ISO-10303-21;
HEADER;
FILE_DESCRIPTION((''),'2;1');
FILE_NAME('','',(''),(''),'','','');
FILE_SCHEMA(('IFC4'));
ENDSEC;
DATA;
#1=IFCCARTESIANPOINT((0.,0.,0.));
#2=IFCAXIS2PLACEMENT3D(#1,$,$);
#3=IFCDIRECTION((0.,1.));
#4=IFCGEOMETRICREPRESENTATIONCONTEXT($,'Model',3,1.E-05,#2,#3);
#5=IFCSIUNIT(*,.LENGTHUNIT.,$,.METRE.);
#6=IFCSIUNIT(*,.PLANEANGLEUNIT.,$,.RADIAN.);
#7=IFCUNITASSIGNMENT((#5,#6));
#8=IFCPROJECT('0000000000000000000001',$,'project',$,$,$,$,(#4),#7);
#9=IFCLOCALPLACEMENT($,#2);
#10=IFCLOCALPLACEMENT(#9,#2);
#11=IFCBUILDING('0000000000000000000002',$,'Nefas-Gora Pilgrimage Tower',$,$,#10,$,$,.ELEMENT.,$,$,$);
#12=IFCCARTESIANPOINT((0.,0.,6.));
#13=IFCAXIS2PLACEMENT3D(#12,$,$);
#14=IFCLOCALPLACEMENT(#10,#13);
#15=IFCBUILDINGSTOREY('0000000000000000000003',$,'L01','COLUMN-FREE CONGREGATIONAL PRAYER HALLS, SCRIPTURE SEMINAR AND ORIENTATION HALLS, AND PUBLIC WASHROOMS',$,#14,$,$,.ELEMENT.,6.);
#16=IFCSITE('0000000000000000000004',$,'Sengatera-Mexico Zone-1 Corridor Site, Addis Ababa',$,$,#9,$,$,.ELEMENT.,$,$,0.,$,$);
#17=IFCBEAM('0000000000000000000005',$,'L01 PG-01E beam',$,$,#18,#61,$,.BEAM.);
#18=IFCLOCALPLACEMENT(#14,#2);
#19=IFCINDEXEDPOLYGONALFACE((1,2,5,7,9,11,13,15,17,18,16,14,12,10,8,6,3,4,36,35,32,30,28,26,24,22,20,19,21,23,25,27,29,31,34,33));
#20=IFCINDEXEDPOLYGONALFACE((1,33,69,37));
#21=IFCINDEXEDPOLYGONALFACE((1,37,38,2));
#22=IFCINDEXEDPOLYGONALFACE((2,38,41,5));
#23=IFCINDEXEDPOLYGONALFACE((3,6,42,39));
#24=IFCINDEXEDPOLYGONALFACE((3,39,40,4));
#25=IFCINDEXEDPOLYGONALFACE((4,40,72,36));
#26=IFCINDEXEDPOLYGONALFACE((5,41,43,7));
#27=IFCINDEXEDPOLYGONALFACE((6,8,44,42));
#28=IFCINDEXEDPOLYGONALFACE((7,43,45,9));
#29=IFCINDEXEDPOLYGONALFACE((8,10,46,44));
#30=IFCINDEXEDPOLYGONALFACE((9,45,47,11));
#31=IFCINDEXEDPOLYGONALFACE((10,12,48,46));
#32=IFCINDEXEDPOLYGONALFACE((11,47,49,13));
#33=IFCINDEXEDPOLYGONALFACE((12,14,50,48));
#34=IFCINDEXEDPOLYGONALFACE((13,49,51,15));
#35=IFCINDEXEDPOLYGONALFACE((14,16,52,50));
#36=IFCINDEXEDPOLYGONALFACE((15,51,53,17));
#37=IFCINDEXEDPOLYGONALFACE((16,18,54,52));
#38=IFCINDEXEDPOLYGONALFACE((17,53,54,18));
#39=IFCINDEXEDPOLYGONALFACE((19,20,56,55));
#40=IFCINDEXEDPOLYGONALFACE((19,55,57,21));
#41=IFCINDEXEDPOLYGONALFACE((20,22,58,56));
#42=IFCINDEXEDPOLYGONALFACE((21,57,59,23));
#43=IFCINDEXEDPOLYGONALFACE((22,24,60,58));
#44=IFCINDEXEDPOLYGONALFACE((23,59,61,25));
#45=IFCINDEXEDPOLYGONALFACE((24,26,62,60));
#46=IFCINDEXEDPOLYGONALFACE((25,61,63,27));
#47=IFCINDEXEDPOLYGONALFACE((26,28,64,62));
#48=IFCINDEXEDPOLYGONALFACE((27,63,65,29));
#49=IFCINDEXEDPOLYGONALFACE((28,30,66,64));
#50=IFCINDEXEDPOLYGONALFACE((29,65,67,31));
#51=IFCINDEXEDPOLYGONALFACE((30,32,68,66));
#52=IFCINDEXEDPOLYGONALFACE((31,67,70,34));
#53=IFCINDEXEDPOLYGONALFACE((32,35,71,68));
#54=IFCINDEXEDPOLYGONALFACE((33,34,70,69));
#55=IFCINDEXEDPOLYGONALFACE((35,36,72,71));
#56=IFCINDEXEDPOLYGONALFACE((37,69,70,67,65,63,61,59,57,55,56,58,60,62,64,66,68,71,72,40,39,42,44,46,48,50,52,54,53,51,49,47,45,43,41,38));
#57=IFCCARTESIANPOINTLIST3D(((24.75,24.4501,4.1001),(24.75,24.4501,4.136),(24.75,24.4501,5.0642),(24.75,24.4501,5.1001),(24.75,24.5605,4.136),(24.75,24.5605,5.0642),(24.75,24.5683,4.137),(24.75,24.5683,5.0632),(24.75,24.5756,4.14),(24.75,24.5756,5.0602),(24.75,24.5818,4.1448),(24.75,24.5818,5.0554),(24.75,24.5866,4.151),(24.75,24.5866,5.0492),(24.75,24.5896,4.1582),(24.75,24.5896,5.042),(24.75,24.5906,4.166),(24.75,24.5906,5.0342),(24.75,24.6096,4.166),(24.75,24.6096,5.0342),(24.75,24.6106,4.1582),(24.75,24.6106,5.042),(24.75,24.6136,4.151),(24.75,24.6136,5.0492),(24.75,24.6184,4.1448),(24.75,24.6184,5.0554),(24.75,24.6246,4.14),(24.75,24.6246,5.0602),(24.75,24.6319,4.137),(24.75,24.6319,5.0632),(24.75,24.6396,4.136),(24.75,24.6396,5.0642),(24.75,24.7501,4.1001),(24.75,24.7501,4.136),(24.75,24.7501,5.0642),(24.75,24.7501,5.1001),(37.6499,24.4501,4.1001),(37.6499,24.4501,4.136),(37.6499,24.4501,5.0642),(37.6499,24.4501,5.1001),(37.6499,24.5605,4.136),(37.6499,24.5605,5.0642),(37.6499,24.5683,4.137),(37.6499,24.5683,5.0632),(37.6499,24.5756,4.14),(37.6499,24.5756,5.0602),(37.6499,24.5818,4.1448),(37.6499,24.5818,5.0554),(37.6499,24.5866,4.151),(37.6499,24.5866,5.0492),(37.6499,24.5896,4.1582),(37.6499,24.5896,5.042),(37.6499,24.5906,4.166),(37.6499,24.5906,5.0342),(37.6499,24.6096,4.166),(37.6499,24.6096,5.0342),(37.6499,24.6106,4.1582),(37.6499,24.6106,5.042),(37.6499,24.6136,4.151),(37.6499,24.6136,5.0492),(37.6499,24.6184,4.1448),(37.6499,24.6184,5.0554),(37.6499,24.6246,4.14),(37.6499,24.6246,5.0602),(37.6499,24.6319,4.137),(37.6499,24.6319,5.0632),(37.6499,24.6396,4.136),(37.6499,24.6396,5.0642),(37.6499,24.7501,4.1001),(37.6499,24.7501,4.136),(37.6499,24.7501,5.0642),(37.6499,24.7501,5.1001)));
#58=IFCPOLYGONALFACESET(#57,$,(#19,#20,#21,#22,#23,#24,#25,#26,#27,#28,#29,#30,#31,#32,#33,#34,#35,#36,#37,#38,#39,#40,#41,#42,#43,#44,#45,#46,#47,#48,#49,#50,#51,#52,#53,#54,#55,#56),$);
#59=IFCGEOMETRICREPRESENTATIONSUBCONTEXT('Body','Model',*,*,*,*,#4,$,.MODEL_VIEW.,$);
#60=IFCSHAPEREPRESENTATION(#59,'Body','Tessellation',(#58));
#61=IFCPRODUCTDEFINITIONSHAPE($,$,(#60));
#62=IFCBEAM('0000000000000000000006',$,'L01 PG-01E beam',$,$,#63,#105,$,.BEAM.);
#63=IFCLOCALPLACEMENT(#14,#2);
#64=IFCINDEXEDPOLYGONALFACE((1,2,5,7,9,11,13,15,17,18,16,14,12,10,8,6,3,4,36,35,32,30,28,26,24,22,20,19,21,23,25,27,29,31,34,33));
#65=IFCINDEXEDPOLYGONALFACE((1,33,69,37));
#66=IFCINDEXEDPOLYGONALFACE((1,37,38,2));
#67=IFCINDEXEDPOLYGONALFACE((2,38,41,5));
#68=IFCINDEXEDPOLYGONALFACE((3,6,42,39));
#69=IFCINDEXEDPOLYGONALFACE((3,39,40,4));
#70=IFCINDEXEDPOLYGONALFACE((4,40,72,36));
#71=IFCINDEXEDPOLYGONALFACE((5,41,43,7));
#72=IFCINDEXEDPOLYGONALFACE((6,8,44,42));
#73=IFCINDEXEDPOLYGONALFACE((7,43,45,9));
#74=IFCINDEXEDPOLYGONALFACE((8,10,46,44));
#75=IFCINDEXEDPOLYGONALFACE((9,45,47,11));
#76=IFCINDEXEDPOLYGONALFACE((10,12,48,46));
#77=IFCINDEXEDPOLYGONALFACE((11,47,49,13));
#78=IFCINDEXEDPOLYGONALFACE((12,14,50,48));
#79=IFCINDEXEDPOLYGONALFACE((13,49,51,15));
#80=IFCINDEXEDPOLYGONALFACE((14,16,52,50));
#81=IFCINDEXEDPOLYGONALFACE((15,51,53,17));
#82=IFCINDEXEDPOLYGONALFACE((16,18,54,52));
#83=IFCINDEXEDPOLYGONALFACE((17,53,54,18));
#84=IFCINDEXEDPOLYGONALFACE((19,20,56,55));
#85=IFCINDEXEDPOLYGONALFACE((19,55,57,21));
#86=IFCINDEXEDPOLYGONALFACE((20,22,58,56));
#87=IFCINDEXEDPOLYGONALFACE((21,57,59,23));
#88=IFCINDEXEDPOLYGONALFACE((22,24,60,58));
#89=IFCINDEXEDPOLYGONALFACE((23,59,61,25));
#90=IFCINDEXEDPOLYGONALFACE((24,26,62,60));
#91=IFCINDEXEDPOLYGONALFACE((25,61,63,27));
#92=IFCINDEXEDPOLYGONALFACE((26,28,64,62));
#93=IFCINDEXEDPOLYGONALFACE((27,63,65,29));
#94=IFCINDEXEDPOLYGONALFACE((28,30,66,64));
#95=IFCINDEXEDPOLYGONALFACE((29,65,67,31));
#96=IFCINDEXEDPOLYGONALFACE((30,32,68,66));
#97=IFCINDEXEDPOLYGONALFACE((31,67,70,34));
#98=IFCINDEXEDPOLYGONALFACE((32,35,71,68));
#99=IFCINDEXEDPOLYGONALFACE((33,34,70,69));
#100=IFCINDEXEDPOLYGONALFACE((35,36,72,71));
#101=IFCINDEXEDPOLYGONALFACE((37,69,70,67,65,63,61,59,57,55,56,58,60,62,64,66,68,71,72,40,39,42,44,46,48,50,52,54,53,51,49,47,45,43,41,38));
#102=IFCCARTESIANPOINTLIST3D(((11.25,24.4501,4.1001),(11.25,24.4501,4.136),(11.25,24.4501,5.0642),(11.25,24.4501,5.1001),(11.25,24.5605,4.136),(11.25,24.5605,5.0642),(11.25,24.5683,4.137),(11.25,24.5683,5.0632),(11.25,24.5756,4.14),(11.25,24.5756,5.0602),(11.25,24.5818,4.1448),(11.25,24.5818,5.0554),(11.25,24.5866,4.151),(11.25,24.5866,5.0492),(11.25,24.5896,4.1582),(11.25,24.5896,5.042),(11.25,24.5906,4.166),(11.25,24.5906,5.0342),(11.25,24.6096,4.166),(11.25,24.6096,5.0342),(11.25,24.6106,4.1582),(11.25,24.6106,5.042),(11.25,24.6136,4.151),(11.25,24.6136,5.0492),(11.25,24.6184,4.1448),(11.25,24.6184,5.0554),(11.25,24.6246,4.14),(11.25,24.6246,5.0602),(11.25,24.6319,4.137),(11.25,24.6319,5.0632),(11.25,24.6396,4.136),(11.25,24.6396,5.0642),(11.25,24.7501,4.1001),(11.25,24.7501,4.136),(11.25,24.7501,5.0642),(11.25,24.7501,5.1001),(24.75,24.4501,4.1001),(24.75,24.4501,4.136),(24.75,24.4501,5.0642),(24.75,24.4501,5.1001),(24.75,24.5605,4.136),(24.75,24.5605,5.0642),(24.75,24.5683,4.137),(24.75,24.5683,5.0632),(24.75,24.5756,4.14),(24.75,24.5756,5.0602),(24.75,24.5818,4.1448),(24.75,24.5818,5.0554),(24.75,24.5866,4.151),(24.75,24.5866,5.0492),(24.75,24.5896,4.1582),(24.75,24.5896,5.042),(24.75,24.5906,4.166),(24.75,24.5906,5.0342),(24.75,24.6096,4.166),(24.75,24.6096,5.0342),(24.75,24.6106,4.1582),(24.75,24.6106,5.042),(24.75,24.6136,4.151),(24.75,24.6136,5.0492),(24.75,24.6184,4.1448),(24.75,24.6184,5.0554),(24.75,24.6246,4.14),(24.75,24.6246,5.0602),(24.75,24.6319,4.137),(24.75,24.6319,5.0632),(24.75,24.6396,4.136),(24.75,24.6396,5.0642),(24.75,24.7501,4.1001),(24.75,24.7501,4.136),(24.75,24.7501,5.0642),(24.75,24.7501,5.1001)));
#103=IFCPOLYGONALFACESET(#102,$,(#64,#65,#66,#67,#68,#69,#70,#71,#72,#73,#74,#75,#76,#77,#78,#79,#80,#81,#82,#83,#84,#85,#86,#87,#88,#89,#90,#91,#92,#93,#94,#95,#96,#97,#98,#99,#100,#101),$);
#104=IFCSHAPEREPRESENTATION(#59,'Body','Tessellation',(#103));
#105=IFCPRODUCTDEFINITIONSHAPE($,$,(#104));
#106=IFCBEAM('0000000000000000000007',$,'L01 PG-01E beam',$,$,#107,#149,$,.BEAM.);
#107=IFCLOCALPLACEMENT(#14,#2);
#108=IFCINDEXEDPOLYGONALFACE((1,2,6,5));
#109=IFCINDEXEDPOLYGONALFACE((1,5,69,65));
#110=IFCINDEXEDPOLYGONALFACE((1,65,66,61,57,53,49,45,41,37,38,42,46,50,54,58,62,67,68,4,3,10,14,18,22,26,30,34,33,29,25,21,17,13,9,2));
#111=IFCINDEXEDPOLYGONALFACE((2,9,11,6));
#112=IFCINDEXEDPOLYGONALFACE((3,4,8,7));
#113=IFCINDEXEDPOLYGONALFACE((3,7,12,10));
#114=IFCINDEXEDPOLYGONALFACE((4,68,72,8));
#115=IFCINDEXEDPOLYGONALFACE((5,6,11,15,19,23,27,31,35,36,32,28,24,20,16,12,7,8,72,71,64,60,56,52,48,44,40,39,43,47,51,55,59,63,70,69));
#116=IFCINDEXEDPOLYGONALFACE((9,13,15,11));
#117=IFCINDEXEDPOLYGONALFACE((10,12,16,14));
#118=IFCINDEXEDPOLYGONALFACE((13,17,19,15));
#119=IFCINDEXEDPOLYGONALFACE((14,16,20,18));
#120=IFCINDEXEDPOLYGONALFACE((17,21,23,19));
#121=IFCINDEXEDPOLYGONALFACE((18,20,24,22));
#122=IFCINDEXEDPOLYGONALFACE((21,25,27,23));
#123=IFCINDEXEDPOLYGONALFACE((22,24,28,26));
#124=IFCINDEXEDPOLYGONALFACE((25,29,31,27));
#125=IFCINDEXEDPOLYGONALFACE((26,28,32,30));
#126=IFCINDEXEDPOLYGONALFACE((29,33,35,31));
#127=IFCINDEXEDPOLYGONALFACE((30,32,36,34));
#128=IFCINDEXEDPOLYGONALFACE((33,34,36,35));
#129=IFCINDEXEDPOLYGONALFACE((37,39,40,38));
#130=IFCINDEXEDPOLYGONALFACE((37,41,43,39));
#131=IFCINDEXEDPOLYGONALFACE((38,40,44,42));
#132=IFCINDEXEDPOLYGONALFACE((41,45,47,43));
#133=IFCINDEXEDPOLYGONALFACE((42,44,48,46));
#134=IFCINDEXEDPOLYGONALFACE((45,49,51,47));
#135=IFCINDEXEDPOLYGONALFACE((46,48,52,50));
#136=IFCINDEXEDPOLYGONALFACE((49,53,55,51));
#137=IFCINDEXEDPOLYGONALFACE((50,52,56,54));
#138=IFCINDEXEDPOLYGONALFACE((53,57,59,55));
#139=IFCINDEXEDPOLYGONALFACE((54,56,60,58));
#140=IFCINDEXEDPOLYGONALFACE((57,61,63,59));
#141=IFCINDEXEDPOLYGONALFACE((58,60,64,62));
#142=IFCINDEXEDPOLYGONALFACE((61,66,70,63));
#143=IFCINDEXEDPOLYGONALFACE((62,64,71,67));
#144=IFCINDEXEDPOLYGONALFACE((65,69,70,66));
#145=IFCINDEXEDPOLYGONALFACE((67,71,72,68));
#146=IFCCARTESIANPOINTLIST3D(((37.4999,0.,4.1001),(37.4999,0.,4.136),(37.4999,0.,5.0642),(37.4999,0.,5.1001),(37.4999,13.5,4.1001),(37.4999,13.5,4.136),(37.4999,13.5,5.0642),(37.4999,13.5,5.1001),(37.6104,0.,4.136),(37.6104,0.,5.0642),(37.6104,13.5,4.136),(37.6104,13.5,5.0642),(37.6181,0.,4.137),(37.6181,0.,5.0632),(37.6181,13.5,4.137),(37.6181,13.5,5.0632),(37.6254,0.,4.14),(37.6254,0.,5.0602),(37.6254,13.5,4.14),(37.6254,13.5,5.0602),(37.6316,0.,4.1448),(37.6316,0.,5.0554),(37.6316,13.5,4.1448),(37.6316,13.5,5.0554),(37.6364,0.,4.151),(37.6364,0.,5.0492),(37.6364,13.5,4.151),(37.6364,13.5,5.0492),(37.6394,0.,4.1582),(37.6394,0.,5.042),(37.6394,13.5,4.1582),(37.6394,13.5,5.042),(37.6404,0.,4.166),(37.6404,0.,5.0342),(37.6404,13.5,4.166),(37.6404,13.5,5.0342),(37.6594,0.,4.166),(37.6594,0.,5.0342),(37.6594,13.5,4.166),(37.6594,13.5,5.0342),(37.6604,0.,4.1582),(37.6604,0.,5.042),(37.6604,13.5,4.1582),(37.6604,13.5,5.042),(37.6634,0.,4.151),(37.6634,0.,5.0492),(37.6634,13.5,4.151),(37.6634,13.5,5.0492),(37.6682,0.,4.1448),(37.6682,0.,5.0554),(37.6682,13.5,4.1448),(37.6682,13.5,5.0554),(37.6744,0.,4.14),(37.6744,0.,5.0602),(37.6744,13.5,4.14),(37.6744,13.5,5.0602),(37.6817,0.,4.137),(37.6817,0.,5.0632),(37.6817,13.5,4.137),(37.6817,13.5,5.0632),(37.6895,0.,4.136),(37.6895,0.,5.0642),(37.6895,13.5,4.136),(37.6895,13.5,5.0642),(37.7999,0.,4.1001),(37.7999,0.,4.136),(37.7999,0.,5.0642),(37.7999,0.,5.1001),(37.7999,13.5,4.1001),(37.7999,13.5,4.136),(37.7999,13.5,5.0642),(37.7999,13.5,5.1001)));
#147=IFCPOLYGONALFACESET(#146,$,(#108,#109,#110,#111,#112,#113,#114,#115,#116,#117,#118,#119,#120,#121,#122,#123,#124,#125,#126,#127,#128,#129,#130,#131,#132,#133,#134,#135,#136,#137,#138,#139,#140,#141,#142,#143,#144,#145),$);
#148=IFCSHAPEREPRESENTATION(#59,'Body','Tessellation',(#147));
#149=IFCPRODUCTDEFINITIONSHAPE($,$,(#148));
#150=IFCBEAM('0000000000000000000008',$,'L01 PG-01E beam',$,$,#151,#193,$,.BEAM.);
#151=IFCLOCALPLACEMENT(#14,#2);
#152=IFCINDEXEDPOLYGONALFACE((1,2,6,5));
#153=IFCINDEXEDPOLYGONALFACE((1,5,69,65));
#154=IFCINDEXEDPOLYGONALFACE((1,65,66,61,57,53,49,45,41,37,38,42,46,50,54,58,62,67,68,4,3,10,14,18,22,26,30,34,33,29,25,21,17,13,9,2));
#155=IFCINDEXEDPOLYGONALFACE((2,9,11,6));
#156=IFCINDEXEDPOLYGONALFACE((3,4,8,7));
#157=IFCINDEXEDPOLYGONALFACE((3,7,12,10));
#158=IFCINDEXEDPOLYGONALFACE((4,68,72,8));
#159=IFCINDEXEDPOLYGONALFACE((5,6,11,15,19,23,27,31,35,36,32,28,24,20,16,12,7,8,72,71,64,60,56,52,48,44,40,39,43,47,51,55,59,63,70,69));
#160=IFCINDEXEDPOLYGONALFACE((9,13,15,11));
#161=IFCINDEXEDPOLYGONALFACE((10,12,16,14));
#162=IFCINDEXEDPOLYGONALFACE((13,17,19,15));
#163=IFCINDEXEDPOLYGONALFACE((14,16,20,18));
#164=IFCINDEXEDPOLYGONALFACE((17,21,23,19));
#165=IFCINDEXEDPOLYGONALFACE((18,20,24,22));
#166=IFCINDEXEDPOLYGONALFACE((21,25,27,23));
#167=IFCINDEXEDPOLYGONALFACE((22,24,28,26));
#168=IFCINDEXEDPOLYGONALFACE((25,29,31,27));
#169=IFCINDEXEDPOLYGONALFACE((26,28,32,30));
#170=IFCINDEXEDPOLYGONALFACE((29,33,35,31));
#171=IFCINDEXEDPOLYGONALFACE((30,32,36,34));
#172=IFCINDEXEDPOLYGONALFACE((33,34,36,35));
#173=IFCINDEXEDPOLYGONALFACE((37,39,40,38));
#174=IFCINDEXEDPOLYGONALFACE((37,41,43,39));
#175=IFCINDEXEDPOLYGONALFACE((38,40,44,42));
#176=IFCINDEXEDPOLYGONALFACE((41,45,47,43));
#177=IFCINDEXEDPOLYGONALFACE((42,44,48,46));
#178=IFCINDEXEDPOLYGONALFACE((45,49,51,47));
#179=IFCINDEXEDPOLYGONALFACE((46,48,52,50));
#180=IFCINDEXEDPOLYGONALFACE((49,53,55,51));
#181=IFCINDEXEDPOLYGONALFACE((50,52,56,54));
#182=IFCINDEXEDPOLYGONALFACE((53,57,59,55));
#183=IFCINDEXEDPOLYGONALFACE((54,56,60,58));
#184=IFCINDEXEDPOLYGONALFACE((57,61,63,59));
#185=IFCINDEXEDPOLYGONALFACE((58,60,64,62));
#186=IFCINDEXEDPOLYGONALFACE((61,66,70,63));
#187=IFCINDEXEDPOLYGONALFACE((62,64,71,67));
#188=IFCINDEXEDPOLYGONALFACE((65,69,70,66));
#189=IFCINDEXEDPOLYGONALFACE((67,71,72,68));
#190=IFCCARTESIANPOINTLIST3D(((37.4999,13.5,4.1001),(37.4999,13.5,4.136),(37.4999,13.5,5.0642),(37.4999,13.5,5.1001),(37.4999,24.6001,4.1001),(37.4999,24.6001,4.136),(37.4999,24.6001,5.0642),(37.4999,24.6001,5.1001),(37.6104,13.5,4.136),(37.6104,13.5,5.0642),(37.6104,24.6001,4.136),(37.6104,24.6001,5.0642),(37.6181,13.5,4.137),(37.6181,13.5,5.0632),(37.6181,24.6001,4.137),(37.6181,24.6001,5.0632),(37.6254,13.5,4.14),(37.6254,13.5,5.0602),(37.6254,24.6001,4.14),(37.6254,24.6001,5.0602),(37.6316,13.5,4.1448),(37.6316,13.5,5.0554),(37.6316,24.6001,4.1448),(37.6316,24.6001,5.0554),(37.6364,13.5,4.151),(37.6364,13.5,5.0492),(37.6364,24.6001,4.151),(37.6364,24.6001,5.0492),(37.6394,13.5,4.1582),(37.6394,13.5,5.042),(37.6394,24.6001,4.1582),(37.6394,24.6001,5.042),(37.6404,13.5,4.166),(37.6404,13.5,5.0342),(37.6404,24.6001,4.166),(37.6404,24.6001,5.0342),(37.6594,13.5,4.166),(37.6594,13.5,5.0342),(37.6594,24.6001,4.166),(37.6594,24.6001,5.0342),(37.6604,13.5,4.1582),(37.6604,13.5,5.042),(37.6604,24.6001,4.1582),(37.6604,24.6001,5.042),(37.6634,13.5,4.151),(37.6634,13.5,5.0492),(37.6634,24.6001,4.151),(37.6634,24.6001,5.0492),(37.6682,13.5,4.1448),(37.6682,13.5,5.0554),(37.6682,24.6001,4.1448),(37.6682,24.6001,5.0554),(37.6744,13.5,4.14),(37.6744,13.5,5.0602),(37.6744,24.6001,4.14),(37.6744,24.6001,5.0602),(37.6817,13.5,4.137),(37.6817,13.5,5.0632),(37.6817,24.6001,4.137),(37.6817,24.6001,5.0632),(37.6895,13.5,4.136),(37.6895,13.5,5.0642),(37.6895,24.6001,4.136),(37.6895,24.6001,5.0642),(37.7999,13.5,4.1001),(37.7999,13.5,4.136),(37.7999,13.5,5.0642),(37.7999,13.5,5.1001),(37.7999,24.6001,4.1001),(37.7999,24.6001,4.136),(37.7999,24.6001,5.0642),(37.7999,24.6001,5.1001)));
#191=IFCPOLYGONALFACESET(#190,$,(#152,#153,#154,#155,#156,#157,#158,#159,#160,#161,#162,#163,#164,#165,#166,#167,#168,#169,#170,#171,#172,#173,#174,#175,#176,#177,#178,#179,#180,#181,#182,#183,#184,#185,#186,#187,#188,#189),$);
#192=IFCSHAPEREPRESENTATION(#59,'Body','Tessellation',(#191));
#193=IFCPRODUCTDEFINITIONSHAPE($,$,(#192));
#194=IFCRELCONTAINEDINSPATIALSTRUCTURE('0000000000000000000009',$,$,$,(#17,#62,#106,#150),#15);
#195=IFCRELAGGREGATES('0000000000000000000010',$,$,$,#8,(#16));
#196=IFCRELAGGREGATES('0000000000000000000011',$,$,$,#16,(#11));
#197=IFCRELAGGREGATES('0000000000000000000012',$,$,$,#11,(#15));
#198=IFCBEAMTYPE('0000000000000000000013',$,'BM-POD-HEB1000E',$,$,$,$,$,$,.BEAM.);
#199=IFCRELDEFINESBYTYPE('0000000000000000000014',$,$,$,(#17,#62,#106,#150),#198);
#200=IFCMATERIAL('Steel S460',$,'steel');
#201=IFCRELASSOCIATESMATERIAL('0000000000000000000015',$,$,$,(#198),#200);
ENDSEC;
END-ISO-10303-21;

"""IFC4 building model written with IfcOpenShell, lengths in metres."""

from ifc_helpers import new_model, si_unit, direction, frame, origin, origin_2d, place, context, subcontext, project, spatial, i_section, extrude, source, transform, mapped, material, material_profile, profile_set, type_object, element, save


model = new_model("IFC4")

# Units and contexts
model_context = context("Model", 3, precision=1e-05, world=origin(), true_north=direction((0.0, 1.0)))
body_context = subcontext(model_context, "Body", "Model", "MODEL_VIEW")
ifc_project = project(units=[si_unit("LENGTHUNIT", "METRE"), si_unit("PLANEANGLEUNIT", "RADIAN")], contexts=[model_context])

# Site, building, storey
site_placement = place(None, origin())
site = spatial("IfcSite", under=ifc_project, at=site_placement, Name="Sengatera-Mexico Zone-1 Corridor Site, Addis Ababa", CompositionType="ELEMENT", RefElevation=0.0)
building_placement = place(site_placement, origin())
building = spatial("IfcBuilding", under=site, at=building_placement, Name="Nefas-Gora Pilgrimage Tower", CompositionType="ELEMENT")
storey_placement = place(building_placement, frame((0.0, 0.0, 6.0)))
storey = spatial("IfcBuildingStorey", under=building, at=storey_placement, Name="L01", Description="COLUMN-FREE CONGREGATIONAL PRAYER HALLS, SCRIPTURE SEMINAR AND ORIENTATION HALLS, AND PUBLIC WASHROOMS", CompositionType="ELEMENT", Elevation=6.0)

# Shared definitions
ifc_material_1 = material(Name="Steel S460", Category="steel")

# Beams
ifc_material_profile_1 = material_profile(ifc_material_1, i_section(OverallWidth=0.3, OverallDepth=1.0, WebThickness=0.019, FlangeThickness=0.0359, FilletRadius=0.03, at=origin_2d()), Name="HEB 1000")
ifc_profile_set_1 = profile_set([ifc_material_profile_1], Name="Steel S460")
beam_type_1 = type_object("IfcBeamType", Name="BM-POD-HEB1000E", PredefinedType="BEAM", material=ifc_profile_set_1)
shared_shape_1 = source(origin(), body_context, "Body", "SweptSolid", [
    extrude(i_section(OverallWidth=0.3, OverallDepth=1.0, WebThickness=0.019, FlangeThickness=0.0359, FilletRadius=0.03, at=origin_2d()), origin(), (0.0, 0.0, 1.0), 12.8999),
])
beam_1_placement = place(storey_placement, frame((24.75, 24.6001, 4.6001), z_axis=(1.0, 0.0, 0.0), x_axis=(0.0, 1.0, 0.0)))
element("IfcBeam", 1, at=beam_1_placement, inside=storey, type_object=beam_type_1, Name="L01 PG-01E beam", PredefinedType="BEAM", context=body_context, shape_type="MappedRepresentation", body=[
    mapped(shared_shape_1, transform((0.0, 0.0, 0.0), x_axis=(1.0, 0.0, 0.0), y_axis=(0.0, 1.0, 0.0), z_axis=(0.0, 0.0, 1.0), scale=1.0)),
])
shared_shape_2 = source(origin(), body_context, "Body", "SweptSolid", [
    extrude(i_section(OverallWidth=0.3, OverallDepth=1.0, WebThickness=0.019, FlangeThickness=0.0359, FilletRadius=0.03, at=origin_2d()), origin(), (0.0, 0.0, 1.0), 13.5),
])
for number, where, z_axis, x_axis, name in (
    (2, (11.25, 24.6001, 4.6001), (1.0, 0.0, 0.0), (0.0, 1.0, 0.0), "L01 PG-01E beam"),
    (3, (37.6499, 0.0, 4.6001), (0.0, 1.0, 0.0), (-1.0, 0.0, 0.0), "L01 PG-01E beam"),
):
    element("IfcBeam", number, at=place(storey_placement, frame(where, z_axis=z_axis, x_axis=x_axis)), inside=storey, type_object=beam_type_1, Name=name, PredefinedType="BEAM", context=body_context, shape_type="MappedRepresentation", body=[
        mapped(shared_shape_2, transform((0.0, 0.0, 0.0), x_axis=(1.0, 0.0, 0.0), y_axis=(0.0, 1.0, 0.0), z_axis=(0.0, 0.0, 1.0), scale=1.0)),
    ])
shared_shape_3 = source(origin(), body_context, "Body", "SweptSolid", [
    extrude(i_section(OverallWidth=0.3, OverallDepth=1.0, WebThickness=0.019, FlangeThickness=0.0359, FilletRadius=0.03, at=origin_2d()), origin(), (0.0, 0.0, 1.0), 11.1001),
])
beam_2_placement = place(storey_placement, frame((37.6499, 13.5, 4.6001), z_axis=(0.0, 1.0, 0.0), x_axis=(-1.0, 0.0, 0.0)))
element("IfcBeam", 4, at=beam_2_placement, inside=storey, type_object=beam_type_1, Name="L01 PG-01E beam", PredefinedType="BEAM", context=body_context, shape_type="MappedRepresentation", body=[
    mapped(shared_shape_3, transform((0.0, 0.0, 0.0), x_axis=(1.0, 0.0, 0.0), y_axis=(0.0, 1.0, 0.0), z_axis=(0.0, 0.0, 1.0), scale=1.0)),
])

save(model, "model.ifc")
